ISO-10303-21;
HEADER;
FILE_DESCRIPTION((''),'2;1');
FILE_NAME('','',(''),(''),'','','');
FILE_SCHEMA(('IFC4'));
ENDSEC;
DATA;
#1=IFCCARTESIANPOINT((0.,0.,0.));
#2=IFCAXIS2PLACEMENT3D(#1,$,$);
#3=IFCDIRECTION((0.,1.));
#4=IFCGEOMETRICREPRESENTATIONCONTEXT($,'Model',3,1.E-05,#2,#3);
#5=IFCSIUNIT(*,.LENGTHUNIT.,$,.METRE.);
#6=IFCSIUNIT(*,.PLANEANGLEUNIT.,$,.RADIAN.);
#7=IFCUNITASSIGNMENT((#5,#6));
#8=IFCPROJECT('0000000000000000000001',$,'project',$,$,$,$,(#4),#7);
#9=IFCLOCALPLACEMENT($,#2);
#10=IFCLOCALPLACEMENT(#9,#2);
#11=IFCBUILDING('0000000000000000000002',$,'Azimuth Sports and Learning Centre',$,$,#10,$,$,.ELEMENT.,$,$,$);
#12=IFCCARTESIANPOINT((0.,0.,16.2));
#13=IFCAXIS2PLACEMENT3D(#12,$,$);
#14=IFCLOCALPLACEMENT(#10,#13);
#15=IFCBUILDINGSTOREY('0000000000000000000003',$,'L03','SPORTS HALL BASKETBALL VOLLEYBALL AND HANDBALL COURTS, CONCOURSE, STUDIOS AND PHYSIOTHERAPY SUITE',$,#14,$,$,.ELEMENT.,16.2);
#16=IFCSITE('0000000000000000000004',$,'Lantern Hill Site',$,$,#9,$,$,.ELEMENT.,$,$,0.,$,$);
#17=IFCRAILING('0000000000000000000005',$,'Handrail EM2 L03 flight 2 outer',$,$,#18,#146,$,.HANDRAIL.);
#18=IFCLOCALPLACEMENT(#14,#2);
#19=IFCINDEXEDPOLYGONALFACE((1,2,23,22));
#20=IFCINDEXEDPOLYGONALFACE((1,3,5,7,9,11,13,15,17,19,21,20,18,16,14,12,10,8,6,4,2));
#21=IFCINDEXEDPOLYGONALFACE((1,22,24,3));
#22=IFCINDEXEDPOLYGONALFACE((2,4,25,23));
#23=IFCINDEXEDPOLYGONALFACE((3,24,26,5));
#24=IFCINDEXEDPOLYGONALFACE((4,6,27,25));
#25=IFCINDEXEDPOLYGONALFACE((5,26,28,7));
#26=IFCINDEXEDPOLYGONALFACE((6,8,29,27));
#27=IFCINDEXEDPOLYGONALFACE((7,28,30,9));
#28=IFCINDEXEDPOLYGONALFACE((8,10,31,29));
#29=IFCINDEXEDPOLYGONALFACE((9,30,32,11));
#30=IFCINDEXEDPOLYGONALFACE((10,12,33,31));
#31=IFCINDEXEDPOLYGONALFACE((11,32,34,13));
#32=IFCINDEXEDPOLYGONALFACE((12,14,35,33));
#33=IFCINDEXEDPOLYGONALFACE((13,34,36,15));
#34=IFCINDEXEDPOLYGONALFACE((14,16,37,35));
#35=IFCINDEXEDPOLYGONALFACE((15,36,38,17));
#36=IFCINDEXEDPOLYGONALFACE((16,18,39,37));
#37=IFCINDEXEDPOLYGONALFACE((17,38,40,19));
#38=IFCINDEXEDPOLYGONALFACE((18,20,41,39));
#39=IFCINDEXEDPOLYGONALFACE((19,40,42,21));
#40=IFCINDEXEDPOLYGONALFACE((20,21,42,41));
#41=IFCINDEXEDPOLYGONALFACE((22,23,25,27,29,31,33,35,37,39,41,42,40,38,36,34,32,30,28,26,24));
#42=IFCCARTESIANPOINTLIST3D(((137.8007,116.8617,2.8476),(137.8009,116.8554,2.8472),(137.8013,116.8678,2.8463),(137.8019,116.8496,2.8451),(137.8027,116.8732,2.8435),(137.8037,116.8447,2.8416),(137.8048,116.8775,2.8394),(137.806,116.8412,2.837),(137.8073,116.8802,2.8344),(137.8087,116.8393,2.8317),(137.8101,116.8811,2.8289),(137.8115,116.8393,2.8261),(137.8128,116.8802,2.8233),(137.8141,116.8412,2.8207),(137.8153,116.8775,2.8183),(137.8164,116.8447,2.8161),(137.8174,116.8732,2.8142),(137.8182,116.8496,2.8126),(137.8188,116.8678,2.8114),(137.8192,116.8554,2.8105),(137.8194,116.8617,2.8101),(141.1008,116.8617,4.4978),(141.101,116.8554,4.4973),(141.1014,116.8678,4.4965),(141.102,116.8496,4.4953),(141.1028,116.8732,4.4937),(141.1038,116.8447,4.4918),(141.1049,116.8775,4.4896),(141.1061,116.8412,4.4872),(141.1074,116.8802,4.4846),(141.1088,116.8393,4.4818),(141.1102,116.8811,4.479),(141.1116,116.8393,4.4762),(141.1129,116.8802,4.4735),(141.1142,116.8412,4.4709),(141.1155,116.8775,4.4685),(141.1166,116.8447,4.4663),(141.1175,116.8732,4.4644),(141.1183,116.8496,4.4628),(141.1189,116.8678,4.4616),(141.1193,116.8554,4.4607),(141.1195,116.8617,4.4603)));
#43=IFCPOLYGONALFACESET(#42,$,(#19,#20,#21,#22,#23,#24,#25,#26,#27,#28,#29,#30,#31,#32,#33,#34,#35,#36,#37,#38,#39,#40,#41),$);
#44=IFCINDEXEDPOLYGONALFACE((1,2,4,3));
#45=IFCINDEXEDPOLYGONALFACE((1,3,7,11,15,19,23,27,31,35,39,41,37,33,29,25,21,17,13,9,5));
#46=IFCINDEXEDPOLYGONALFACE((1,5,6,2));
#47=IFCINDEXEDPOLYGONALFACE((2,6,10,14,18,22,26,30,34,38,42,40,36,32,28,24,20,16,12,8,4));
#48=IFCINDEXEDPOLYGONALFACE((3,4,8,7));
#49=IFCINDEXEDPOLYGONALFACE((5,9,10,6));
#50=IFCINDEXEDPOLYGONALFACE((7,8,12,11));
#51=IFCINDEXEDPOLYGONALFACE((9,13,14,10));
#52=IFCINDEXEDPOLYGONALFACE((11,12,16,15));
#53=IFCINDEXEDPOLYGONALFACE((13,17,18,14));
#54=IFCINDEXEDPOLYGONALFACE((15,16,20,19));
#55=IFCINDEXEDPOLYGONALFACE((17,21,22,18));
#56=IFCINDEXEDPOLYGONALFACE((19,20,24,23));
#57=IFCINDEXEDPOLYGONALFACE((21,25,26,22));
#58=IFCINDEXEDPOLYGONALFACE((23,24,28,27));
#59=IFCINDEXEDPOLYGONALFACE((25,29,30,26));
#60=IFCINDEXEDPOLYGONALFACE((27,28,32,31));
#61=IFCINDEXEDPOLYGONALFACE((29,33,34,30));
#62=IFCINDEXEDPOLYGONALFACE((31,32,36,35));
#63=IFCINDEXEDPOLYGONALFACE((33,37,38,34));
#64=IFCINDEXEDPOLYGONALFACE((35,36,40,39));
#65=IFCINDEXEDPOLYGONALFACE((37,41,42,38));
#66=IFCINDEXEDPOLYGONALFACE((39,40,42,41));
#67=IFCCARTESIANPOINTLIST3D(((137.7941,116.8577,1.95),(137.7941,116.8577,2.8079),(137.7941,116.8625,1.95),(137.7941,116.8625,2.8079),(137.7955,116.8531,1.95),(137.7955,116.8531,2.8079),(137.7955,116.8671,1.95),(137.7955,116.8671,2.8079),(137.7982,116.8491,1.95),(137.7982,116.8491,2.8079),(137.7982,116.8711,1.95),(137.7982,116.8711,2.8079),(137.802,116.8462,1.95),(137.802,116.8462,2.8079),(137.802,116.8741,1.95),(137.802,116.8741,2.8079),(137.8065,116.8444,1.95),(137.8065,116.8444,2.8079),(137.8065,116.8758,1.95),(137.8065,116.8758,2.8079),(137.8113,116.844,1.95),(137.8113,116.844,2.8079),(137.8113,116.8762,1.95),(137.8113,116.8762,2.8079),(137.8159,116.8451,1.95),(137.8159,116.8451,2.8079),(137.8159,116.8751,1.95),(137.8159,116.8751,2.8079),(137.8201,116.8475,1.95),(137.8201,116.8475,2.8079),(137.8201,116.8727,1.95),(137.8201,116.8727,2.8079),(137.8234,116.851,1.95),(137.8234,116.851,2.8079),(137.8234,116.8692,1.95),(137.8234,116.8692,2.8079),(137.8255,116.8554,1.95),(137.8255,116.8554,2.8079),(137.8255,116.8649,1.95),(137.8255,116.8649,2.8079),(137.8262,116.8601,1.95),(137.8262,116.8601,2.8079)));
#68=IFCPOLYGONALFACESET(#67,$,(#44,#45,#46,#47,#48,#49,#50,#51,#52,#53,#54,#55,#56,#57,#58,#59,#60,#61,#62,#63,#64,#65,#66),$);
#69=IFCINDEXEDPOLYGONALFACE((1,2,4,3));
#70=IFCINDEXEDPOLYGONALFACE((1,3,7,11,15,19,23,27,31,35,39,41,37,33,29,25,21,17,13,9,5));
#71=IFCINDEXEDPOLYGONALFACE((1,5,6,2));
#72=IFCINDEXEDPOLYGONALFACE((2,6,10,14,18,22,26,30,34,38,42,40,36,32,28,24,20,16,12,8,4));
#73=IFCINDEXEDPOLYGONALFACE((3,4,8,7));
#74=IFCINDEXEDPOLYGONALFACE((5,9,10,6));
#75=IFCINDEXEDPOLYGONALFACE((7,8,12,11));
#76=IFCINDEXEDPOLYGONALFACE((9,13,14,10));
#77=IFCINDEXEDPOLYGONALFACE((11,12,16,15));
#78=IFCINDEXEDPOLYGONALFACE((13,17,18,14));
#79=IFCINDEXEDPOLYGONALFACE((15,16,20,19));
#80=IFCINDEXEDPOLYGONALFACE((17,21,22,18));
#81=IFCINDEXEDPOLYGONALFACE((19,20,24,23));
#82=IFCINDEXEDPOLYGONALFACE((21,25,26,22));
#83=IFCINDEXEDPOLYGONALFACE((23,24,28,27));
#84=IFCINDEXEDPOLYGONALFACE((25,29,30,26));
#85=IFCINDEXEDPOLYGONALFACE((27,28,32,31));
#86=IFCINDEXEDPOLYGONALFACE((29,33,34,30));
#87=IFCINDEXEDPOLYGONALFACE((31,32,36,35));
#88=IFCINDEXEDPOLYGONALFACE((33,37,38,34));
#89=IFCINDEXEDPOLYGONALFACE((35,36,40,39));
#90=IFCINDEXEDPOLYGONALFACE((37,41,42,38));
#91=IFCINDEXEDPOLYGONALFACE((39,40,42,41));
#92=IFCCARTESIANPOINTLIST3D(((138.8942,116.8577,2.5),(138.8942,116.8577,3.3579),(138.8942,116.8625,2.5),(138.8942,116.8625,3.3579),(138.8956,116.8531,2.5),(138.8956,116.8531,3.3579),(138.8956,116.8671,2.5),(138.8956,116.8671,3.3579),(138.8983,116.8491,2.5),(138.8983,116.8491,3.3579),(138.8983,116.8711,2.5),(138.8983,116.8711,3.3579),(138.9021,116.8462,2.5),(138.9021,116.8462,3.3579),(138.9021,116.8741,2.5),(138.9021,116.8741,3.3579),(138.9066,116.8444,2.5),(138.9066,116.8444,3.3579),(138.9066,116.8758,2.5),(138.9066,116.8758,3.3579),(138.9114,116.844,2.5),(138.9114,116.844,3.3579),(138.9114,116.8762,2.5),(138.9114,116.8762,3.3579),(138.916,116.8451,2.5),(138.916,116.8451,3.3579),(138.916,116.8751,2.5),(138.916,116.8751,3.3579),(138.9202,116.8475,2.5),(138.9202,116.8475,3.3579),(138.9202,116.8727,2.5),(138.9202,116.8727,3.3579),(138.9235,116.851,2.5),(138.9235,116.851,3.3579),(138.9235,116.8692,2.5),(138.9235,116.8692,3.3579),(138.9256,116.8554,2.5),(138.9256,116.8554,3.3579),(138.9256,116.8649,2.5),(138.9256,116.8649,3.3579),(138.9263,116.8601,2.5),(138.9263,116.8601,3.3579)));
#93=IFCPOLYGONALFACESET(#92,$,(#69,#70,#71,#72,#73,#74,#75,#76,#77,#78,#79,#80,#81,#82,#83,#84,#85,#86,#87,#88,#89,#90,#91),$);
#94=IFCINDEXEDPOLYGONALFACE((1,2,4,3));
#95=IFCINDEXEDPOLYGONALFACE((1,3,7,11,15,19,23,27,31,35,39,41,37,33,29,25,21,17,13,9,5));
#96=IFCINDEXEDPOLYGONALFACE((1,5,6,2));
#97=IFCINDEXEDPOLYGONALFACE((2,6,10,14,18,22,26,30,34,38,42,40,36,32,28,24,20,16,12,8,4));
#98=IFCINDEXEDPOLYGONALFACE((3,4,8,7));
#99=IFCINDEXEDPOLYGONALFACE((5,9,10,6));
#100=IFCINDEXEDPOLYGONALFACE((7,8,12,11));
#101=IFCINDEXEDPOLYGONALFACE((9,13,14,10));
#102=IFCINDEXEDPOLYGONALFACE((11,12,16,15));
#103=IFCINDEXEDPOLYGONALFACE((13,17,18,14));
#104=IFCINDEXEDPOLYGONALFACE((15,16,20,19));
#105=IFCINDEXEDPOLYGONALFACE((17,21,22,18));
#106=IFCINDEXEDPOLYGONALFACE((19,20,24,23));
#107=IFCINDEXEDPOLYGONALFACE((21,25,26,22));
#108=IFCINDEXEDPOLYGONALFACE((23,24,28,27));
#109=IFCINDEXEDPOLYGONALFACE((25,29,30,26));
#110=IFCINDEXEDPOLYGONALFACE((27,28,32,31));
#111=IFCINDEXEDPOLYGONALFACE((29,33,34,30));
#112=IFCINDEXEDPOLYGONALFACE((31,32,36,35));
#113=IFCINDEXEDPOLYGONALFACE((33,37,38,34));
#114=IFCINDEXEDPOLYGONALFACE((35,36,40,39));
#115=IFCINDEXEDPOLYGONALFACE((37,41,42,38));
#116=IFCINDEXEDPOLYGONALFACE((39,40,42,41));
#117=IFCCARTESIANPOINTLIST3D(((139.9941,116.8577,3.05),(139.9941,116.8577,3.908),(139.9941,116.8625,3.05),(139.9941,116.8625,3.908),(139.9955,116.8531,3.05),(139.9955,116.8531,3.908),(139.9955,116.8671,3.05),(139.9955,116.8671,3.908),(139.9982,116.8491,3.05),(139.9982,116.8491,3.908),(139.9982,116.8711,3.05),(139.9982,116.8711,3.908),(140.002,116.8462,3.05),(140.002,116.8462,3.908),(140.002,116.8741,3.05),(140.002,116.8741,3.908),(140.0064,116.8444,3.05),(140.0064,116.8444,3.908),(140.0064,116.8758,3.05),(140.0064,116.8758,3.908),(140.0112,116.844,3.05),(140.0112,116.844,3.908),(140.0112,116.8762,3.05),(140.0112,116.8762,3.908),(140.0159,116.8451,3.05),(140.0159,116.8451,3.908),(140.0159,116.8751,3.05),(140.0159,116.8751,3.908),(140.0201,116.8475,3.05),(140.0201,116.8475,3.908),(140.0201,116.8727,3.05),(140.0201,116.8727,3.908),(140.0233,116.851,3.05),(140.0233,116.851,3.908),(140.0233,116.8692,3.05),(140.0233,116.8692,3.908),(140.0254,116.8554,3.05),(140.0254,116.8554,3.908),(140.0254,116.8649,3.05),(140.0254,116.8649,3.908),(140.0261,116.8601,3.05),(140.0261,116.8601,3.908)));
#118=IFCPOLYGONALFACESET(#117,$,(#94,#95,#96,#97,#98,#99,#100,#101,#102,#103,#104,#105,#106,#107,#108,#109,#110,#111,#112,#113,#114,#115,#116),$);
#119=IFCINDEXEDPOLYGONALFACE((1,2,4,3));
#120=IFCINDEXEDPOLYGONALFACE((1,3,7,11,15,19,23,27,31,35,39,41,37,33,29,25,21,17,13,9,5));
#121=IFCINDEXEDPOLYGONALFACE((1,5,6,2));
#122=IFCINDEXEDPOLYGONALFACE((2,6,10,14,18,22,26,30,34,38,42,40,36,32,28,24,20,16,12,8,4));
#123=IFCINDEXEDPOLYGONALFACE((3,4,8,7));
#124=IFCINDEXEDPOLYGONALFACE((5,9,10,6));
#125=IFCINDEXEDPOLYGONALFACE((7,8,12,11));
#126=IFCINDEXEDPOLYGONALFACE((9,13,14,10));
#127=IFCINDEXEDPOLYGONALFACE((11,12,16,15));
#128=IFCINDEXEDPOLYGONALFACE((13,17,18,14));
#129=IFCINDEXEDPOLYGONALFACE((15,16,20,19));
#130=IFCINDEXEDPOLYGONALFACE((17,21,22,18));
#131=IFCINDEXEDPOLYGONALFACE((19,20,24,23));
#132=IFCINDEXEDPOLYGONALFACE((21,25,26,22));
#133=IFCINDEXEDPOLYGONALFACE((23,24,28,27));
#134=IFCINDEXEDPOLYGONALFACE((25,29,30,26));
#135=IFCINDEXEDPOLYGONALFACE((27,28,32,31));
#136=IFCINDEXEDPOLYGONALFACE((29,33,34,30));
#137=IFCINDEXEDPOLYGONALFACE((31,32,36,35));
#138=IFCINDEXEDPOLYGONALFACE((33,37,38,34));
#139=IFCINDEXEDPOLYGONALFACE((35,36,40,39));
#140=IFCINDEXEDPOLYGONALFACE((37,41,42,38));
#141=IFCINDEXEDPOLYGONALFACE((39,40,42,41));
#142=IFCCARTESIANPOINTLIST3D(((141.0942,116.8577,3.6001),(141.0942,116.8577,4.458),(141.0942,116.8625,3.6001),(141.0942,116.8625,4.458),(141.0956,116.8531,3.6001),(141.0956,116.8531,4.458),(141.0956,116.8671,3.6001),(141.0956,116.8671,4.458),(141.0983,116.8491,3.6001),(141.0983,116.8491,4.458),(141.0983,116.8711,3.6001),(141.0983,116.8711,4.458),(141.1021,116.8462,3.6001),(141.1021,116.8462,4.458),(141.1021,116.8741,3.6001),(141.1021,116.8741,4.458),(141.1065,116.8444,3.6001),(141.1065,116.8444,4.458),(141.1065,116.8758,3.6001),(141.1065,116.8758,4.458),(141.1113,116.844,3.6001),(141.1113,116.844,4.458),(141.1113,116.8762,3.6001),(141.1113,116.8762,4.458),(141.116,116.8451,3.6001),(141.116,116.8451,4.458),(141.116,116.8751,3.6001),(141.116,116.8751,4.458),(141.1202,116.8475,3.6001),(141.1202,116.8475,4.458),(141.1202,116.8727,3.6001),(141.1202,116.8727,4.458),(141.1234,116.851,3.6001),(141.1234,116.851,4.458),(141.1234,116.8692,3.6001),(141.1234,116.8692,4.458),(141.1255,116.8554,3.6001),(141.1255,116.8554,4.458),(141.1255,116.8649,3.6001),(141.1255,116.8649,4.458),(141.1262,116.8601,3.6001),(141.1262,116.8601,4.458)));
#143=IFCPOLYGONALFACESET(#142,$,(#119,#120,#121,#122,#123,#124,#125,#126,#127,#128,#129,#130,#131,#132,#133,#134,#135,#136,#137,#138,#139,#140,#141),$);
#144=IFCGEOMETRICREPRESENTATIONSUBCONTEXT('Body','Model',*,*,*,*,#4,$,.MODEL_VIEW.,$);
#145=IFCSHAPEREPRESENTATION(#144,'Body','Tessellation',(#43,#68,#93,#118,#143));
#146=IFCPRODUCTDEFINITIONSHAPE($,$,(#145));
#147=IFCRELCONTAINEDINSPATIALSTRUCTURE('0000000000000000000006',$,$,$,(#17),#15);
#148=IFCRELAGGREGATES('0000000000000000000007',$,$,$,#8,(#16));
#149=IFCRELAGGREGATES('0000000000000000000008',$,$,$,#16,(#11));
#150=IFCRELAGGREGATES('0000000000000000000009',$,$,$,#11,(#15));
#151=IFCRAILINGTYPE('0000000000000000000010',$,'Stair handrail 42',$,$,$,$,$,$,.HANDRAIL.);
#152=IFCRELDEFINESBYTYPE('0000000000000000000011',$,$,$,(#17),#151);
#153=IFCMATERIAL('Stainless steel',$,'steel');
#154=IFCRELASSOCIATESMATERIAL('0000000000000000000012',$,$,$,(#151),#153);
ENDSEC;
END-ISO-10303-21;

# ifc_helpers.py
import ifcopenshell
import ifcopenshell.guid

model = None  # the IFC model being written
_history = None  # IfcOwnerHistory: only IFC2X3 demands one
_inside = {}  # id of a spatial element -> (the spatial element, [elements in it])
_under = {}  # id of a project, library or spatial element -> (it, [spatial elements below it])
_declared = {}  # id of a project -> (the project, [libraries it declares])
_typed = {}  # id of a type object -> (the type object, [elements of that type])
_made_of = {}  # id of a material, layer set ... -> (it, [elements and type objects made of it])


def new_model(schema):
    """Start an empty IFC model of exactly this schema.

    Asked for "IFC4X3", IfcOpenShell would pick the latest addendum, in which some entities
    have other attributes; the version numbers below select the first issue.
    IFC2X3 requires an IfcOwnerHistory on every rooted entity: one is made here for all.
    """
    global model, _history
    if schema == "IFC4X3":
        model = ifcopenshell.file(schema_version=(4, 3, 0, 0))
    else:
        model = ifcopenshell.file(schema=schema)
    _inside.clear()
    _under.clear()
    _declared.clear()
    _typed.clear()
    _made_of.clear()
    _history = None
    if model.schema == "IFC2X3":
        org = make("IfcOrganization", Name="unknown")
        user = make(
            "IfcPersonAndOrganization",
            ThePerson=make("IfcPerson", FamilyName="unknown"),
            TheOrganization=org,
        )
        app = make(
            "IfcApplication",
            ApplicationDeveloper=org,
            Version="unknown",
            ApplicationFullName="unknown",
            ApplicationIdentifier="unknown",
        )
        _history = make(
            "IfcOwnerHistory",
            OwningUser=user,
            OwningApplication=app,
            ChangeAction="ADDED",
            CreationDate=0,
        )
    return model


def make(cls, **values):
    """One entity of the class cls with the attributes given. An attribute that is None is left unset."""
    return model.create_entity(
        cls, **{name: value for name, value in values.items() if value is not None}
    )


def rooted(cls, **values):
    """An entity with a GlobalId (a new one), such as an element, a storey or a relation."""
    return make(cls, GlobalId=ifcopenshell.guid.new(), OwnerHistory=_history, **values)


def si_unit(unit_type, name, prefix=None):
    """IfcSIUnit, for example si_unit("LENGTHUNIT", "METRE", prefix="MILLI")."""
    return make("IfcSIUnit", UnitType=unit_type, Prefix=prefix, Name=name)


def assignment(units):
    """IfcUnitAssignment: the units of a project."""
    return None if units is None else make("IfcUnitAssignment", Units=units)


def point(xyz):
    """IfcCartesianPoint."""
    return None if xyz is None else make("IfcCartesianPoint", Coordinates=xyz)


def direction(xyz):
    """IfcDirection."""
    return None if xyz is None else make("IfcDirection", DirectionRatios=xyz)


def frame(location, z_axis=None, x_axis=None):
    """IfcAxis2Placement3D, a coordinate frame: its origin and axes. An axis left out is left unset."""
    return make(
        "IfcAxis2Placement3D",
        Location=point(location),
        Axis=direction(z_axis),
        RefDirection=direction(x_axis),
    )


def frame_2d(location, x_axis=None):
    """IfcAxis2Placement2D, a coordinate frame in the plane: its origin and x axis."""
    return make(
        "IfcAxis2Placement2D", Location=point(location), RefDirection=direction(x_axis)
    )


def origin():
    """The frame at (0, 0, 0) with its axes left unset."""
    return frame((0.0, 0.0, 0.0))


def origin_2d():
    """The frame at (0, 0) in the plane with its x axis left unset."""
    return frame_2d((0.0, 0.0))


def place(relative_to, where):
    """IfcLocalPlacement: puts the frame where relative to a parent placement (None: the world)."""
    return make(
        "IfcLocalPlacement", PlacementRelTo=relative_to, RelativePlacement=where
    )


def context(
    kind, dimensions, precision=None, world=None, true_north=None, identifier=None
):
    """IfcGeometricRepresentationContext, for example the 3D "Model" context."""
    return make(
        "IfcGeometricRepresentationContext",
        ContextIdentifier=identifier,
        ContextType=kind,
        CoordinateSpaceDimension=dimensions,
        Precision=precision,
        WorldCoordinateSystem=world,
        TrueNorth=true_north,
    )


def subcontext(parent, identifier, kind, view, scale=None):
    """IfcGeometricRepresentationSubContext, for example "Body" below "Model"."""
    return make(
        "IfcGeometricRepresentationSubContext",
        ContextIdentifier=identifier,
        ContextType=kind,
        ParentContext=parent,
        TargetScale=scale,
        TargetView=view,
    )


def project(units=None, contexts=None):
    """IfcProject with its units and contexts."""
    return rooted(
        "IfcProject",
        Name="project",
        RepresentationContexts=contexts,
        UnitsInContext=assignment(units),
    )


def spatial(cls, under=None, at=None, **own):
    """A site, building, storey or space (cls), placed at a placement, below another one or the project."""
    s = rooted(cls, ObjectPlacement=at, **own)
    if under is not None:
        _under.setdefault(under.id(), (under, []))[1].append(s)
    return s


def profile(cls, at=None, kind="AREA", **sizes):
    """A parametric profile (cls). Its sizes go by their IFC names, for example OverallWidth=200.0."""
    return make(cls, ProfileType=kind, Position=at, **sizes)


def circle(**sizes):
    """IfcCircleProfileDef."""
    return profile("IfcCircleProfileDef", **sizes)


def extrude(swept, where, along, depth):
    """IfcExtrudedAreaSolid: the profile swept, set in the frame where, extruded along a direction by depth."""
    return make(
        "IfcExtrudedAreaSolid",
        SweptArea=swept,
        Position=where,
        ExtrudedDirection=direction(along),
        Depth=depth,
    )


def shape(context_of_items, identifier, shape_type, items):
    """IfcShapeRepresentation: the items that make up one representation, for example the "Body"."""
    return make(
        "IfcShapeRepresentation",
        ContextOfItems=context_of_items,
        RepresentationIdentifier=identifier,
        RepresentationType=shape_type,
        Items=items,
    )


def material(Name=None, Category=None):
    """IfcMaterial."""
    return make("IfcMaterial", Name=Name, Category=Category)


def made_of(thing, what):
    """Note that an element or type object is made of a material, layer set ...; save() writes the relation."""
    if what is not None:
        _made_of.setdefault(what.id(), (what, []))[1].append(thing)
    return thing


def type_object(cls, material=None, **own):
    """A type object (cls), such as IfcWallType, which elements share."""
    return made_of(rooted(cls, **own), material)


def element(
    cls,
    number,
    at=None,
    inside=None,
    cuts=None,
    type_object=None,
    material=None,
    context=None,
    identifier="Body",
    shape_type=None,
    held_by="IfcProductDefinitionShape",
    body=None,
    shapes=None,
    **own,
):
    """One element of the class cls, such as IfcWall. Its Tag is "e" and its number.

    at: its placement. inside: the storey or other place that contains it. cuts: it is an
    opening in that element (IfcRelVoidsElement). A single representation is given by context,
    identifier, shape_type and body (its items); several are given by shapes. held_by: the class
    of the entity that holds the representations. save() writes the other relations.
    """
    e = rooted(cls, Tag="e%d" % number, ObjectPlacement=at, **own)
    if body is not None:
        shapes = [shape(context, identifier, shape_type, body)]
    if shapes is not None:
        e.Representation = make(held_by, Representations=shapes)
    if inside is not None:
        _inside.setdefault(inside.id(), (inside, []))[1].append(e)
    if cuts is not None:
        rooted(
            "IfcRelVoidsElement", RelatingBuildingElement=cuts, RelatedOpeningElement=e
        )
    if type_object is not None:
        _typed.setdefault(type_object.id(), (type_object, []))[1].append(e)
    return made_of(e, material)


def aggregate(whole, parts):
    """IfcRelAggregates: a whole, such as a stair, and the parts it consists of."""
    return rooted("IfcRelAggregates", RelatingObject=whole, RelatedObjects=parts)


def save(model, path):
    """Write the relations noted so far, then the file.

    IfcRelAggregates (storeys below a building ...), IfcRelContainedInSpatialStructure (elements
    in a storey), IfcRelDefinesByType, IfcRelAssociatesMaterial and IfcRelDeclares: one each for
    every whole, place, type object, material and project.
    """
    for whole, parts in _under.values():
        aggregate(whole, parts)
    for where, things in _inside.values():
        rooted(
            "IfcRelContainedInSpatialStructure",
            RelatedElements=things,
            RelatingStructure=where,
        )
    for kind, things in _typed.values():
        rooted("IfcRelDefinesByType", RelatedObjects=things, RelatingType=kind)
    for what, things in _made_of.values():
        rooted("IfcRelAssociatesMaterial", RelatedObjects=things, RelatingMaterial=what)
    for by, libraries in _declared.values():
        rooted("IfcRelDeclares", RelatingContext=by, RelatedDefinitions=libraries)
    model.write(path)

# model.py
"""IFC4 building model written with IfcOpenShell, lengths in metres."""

from ifc_helpers import new_model, si_unit, direction, frame, origin, origin_2d, place, context, subcontext, project, spatial, circle, extrude, material, type_object, element, save


model = new_model("IFC4")

# Units and contexts
model_context = context("Model", 3, precision=1e-05, world=origin(), true_north=direction((0.0, 1.0)))
body_context = subcontext(model_context, "Body", "Model", "MODEL_VIEW")
ifc_project = project(units=[si_unit("LENGTHUNIT", "METRE"), si_unit("PLANEANGLEUNIT", "RADIAN")], contexts=[model_context])

# Site, building, storey
site_placement = place(None, origin())
site = spatial("IfcSite", under=ifc_project, at=site_placement, Name="Lantern Hill Site", CompositionType="ELEMENT", RefElevation=0.0)
building_placement = place(site_placement, origin())
building = spatial("IfcBuilding", under=site, at=building_placement, Name="Azimuth Sports and Learning Centre", CompositionType="ELEMENT")
storey_placement = place(building_placement, frame((0.0, 0.0, 16.2)))
storey = spatial("IfcBuildingStorey", under=building, at=storey_placement, Name="L03", Description="SPORTS HALL BASKETBALL VOLLEYBALL AND HANDBALL COURTS, CONCOURSE, STUDIOS AND PHYSIOTHERAPY SUITE", CompositionType="ELEMENT", Elevation=16.2)

# Railing
ifc_material_1 = material(Name="Stainless steel", Category="steel")
railing_type = type_object("IfcRailingType", Name="Stair handrail 42", PredefinedType="HANDRAIL", material=ifc_material_1)
for number, where, name in (
    (1, (137.8101, 116.8601, 1.95), "Handrail EM2 L03 flight 2 outer"),
):
    element("IfcRailing", number, at=place(storey_placement, frame(where)), inside=storey, type_object=railing_type, Name=name, PredefinedType="HANDRAIL", context=body_context, shape_type="SweptSolid", body=[
        extrude(circle(Radius=0.021, at=origin_2d()), frame((0.0, 0.0, 0.8789), z_axis=(0.894414, 0.0, 0.44724), x_axis=(0.0, 1.0, 0.0)), (0.0, 0.0, 1.0), 3.6897),
        extrude(circle(Radius=0.0161, at=origin_2d()), origin(), (0.0, 0.0, 1.0), 0.8579),
        extrude(circle(Radius=0.0161, at=origin_2d()), frame((1.1001, 0.0, 0.55)), (0.0, 0.0, 1.0), 0.8579),
        extrude(circle(Radius=0.0161, at=origin_2d()), frame((2.2, 0.0, 1.1001)), (0.0, 0.0, 1.0), 0.8579),
        extrude(circle(Radius=0.0161, at=origin_2d()), frame((3.3, 0.0, 1.6501)), (0.0, 0.0, 1.0), 0.8579),
    ])

save(model, "model.ifc")
